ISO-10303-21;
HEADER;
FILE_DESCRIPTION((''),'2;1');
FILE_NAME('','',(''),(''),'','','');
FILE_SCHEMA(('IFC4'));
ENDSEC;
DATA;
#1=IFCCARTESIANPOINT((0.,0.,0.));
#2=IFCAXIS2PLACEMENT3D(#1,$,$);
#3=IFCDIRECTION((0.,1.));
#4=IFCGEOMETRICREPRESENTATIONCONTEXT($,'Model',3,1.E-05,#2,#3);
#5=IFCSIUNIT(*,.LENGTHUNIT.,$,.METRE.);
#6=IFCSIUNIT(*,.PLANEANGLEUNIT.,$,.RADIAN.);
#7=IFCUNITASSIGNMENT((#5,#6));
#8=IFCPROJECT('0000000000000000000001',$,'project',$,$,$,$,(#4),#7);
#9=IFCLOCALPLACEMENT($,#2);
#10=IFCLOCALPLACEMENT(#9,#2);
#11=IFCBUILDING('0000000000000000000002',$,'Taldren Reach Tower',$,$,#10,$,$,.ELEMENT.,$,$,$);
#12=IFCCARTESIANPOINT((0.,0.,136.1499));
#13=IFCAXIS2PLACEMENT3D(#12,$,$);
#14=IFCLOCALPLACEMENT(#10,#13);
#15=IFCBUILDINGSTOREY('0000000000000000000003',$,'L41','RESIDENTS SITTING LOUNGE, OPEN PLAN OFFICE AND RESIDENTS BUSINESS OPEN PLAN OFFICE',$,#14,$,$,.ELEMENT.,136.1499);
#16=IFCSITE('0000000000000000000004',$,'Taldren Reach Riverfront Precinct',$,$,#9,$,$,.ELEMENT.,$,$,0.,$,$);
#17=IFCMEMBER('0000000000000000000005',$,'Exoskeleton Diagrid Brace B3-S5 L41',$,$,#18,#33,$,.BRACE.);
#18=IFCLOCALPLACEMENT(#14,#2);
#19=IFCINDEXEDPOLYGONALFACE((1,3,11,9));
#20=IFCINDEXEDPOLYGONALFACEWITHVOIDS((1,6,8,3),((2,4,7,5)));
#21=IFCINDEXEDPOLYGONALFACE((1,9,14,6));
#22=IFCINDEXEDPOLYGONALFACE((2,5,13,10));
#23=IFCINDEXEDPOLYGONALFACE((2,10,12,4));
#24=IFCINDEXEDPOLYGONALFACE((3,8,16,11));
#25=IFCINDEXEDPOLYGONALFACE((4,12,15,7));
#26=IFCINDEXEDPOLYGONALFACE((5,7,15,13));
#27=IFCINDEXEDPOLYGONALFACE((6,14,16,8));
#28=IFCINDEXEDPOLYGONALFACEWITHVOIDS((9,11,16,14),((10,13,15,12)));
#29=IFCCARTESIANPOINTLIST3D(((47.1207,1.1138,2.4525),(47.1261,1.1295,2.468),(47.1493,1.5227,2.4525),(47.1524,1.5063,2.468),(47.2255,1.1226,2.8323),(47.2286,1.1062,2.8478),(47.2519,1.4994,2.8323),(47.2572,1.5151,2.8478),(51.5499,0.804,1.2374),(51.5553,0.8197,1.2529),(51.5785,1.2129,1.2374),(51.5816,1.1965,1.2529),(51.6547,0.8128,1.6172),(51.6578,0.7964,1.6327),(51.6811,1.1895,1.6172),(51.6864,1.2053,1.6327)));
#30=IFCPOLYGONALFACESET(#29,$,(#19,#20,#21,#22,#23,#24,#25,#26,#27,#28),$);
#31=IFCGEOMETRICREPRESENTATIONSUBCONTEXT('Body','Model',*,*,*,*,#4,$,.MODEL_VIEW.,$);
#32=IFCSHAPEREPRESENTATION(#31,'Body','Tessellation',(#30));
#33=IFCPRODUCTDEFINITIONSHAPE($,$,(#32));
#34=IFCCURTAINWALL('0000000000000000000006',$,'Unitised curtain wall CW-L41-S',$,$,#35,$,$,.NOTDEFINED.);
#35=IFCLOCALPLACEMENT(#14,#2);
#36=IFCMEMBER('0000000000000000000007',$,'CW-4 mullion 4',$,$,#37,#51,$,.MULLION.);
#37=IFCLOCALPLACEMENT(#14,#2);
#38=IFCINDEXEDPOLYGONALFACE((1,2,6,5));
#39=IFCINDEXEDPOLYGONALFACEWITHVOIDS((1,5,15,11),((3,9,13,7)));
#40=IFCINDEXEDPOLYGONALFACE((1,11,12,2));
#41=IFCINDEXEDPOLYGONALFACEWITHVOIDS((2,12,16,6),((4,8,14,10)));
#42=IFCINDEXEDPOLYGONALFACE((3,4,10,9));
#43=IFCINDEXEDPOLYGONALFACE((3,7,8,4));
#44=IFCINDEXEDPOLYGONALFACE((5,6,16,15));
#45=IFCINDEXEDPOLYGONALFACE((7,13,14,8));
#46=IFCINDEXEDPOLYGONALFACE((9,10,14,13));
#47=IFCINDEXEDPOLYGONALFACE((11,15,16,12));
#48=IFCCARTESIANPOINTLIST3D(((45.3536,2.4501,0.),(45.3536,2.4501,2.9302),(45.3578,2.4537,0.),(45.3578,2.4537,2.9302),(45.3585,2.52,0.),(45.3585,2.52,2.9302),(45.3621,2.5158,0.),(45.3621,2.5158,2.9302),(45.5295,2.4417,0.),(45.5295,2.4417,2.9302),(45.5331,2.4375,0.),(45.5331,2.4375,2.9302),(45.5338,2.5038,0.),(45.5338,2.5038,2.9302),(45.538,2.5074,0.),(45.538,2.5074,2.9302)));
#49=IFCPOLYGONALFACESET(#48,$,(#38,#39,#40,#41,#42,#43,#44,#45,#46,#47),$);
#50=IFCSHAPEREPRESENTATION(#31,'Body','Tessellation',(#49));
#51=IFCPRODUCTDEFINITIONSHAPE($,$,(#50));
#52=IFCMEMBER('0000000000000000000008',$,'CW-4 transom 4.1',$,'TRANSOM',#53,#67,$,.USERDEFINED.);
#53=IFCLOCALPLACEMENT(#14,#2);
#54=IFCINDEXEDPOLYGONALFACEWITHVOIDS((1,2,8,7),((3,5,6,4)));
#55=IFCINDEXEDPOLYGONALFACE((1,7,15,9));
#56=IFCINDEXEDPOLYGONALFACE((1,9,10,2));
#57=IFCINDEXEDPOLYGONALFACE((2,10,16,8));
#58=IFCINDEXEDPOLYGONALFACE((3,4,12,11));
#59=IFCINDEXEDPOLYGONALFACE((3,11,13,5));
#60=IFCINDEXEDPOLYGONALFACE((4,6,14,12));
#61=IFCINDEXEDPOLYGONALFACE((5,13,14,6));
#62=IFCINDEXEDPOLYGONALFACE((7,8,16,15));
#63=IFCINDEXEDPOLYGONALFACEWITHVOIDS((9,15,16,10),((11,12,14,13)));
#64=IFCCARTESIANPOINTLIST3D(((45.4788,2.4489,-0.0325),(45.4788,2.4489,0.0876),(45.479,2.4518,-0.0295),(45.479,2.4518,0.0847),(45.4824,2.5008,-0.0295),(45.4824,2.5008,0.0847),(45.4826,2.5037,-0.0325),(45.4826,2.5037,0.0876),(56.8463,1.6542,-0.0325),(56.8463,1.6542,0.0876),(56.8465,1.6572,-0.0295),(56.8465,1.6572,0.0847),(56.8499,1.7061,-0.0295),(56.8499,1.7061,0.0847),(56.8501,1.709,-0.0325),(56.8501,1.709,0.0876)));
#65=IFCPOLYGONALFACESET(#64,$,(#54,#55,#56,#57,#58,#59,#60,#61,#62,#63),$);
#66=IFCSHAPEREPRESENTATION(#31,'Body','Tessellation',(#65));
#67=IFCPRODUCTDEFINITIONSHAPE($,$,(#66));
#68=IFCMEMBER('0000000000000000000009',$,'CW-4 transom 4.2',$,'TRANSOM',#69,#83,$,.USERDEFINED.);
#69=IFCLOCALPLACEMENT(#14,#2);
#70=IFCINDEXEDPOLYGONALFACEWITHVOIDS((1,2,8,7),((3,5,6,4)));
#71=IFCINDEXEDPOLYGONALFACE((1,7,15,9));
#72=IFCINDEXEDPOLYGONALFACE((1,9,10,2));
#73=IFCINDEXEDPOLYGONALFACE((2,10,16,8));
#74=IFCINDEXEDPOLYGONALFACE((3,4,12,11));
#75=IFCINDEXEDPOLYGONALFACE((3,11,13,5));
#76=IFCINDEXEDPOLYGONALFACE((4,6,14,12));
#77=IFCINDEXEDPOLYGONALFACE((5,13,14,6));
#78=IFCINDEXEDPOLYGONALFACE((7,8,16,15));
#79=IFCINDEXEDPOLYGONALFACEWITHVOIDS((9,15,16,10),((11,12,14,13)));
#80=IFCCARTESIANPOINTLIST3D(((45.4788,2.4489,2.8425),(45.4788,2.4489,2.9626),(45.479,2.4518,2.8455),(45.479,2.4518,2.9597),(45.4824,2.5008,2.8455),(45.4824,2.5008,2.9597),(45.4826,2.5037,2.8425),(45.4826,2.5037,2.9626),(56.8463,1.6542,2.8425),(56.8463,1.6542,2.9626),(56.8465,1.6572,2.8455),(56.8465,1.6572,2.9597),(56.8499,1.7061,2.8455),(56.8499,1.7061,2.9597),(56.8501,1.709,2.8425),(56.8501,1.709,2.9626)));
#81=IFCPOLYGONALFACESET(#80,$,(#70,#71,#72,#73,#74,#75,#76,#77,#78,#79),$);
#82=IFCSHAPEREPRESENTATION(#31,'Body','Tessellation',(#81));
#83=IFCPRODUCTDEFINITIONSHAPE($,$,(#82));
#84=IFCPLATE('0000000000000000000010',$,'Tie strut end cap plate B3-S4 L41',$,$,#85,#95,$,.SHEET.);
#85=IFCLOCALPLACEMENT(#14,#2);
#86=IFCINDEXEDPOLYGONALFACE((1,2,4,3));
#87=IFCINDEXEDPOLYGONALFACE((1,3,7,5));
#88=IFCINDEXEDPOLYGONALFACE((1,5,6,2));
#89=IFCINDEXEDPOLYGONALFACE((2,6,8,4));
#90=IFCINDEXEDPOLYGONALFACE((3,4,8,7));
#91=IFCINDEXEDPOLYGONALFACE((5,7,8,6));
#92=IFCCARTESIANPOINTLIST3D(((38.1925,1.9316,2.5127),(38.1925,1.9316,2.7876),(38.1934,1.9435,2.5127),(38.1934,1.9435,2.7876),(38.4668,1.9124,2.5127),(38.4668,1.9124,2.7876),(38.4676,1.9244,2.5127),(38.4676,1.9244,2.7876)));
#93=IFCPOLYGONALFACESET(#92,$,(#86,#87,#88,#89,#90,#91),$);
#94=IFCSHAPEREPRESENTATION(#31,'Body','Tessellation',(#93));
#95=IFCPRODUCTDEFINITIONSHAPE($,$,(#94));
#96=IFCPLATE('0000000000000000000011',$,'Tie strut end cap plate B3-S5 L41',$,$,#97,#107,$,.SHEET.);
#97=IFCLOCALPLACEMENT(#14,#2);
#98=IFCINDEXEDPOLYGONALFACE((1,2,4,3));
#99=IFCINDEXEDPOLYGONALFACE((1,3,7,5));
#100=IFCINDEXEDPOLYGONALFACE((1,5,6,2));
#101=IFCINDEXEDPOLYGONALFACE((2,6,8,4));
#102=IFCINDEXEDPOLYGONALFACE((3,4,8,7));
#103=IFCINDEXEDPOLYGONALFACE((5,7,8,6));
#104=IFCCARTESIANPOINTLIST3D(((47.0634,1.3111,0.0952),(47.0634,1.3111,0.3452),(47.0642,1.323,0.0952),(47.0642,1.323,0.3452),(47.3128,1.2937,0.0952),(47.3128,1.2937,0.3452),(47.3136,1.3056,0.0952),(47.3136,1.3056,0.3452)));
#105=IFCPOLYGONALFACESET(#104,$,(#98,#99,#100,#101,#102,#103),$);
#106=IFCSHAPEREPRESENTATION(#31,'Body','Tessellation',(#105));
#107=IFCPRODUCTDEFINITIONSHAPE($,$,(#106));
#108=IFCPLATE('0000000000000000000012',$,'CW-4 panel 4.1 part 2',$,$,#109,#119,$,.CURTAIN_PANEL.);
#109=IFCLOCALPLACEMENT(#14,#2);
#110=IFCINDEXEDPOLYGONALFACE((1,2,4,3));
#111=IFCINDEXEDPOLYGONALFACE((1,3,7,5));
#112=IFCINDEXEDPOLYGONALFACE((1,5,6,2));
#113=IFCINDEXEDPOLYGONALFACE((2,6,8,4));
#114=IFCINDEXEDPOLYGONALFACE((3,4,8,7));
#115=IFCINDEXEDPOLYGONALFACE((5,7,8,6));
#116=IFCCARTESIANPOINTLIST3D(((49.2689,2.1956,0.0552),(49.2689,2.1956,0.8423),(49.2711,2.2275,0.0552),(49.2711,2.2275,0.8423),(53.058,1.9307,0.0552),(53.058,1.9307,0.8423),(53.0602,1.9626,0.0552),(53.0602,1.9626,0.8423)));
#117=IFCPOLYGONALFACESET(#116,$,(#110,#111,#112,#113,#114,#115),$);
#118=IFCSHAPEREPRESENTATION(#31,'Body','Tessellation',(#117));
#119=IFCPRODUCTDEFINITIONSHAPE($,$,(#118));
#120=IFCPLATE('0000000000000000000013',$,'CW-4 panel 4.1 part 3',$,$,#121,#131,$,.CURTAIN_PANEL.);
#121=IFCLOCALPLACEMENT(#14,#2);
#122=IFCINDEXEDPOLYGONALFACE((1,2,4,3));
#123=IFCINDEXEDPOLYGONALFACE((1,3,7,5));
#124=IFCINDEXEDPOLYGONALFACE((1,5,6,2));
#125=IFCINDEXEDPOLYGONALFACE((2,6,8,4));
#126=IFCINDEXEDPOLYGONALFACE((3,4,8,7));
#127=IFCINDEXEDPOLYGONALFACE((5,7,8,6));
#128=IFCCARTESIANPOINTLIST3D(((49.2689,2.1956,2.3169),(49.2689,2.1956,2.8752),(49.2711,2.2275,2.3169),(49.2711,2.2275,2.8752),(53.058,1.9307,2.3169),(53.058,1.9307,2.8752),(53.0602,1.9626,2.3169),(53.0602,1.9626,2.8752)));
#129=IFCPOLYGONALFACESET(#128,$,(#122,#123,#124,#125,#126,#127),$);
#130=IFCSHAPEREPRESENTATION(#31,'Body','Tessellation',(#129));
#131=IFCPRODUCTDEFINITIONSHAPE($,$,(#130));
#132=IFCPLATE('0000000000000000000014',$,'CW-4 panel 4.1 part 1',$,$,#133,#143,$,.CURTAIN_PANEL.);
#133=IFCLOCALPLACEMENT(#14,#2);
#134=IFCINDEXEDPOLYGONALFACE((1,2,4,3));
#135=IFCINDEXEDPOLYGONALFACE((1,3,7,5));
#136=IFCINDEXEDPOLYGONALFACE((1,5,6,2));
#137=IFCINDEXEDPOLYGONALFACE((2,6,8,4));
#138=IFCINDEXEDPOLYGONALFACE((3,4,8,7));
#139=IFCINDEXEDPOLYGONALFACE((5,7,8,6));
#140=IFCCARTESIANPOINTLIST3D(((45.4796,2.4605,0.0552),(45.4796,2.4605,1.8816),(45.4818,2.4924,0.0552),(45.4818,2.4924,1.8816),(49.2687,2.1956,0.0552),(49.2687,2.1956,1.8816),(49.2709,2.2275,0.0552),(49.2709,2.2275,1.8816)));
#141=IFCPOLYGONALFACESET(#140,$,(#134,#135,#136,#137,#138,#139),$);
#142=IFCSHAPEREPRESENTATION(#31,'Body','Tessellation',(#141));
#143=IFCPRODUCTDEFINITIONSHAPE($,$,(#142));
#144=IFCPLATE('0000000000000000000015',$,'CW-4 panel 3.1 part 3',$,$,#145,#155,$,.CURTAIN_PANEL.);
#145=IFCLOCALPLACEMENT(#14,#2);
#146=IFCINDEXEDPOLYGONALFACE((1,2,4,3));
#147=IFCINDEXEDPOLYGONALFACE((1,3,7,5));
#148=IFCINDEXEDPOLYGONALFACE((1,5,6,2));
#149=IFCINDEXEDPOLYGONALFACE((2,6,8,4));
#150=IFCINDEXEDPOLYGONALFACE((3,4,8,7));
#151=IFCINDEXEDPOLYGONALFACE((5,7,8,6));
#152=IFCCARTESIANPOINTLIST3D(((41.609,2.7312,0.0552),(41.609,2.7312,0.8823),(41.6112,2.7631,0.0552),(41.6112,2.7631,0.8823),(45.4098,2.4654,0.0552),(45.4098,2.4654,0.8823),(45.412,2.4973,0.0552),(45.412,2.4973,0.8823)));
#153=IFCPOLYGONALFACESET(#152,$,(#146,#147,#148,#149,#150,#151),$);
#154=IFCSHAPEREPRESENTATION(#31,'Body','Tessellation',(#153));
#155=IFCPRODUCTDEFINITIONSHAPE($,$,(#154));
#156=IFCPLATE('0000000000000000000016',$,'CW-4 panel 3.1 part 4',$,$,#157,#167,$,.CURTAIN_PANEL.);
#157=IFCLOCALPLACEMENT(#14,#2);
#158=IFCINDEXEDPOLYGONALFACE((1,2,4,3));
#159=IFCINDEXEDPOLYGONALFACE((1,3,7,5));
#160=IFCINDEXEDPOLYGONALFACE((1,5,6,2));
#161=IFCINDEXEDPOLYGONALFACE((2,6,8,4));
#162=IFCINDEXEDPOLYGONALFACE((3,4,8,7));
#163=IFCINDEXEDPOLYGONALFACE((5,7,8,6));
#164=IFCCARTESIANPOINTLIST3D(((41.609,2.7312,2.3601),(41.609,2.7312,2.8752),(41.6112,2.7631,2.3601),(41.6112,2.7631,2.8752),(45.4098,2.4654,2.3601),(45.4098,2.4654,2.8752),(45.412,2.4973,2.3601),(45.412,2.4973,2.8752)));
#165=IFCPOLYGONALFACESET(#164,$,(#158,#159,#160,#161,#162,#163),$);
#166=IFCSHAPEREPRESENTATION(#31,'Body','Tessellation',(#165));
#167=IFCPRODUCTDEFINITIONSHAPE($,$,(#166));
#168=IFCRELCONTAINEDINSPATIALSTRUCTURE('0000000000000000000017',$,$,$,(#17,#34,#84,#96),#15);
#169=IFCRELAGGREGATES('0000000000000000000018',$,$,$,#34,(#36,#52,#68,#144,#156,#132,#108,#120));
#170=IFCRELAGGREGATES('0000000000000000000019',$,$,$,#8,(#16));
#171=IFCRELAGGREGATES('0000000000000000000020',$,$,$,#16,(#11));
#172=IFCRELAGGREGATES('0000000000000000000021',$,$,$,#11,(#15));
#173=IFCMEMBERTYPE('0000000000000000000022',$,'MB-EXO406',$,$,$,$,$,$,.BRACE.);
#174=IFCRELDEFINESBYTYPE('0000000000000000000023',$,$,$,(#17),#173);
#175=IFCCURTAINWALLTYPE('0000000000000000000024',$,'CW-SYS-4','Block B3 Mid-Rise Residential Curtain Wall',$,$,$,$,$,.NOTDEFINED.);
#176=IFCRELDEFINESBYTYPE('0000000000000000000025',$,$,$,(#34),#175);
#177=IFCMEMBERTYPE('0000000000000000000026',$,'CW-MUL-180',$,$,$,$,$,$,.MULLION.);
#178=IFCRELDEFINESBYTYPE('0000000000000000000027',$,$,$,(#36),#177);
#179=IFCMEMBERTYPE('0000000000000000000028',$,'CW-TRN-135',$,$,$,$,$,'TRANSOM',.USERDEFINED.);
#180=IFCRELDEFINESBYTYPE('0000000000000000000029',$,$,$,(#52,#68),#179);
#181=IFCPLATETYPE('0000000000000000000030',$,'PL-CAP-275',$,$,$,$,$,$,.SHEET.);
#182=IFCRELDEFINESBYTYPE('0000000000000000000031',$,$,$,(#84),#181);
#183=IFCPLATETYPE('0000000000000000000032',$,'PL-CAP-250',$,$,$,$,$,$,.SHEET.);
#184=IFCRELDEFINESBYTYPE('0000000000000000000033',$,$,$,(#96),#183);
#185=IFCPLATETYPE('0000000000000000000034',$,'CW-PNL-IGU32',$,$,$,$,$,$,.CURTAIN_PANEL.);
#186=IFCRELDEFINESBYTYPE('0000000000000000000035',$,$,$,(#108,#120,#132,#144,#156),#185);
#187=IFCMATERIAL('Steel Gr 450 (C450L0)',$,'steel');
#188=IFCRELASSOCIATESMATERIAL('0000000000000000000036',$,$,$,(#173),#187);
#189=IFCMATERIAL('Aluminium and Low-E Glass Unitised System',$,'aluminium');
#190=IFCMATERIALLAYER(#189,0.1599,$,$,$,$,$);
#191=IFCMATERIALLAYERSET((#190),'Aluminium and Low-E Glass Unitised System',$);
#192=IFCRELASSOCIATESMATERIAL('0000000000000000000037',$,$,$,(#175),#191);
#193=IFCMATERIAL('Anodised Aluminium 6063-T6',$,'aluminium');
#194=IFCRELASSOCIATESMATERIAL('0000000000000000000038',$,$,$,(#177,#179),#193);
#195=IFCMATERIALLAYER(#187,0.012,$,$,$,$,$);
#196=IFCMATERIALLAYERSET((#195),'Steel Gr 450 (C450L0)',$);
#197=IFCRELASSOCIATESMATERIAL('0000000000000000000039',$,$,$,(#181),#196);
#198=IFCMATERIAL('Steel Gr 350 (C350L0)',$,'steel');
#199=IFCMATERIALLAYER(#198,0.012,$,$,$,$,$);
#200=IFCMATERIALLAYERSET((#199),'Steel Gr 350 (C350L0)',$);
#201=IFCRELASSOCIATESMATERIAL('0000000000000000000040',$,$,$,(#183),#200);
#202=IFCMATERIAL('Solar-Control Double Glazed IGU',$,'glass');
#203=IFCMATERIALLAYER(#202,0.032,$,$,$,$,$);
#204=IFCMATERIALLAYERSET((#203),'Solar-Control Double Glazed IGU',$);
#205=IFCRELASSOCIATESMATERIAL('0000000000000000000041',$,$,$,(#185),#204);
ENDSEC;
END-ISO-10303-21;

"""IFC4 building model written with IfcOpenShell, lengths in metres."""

from ifc_helpers import new_model, si_unit, direction, frame, origin, origin_2d, place, context, subcontext, project, spatial, rectangle, hollow_rectangle, extrude, source, transform, mapped, material, layer, layer_set, material_profile, profile_set, type_object, element, aggregate, save


model = new_model("IFC4")

# Units and contexts
model_context = context("Model", 3, precision=1e-05, world=origin(), true_north=direction((0.0, 1.0)))
body_context = subcontext(model_context, "Body", "Model", "MODEL_VIEW")
ifc_project = project(units=[si_unit("LENGTHUNIT", "METRE"), si_unit("PLANEANGLEUNIT", "RADIAN")], contexts=[model_context])

# Site, building, storey
site_placement = place(None, origin())
site = spatial("IfcSite", under=ifc_project, at=site_placement, Name="Taldren Reach Riverfront Precinct", CompositionType="ELEMENT", RefElevation=0.0)
building_placement = place(site_placement, origin())
building = spatial("IfcBuilding", under=site, at=building_placement, Name="Taldren Reach Tower", CompositionType="ELEMENT")
storey_placement = place(building_placement, frame((0.0, 0.0, 136.1499)))
storey = spatial("IfcBuildingStorey", under=building, at=storey_placement, Name="L41", Description="RESIDENTS SITTING LOUNGE, OPEN PLAN OFFICE AND RESIDENTS BUSINESS OPEN PLAN OFFICE", CompositionType="ELEMENT", Elevation=136.1499)

# Shared definitions
ifc_material_1 = material(Name="Steel Gr 450 (C450L0)", Category="steel")
ifc_material_2 = material(Name="Steel Gr 350 (C350L0)", Category="steel")

# Member
ifc_material_profile_1 = material_profile(ifc_material_1, hollow_rectangle(XDim=0.4099, YDim=0.4099, WallThickness=0.0161, at=origin_2d()), Name="410x410x16.0SHS")
ifc_profile_set_1 = profile_set([ifc_material_profile_1], Name="Steel Gr 450 (C450L0)")
member_type_1 = type_object("IfcMemberType", Name="MB-EXO406", PredefinedType="BRACE", material=ifc_profile_set_1)
shared_shape_1 = source(origin(), body_context, "Body", "SweptSolid", [
    extrude(hollow_rectangle(XDim=0.4099, YDim=0.4099, WallThickness=0.0161, at=origin_2d()), origin(), (0.0, 0.0, 1.0), 4.6033),
])
for number, where, z_axis, x_axis, name in (
    (1, (51.6182, 1.0046, 1.4351), (-0.962182, 0.067303, 0.263961), (-0.069778, -0.997563, 0.0), "Exoskeleton Diagrid Brace B3-S5 L41"),
):
    element("IfcMember", number, at=place(storey_placement, frame(where, z_axis=z_axis, x_axis=x_axis)), inside=storey, type_object=member_type_1, Name=name, PredefinedType="BRACE", context=body_context, shape_type="MappedRepresentation", body=[
        mapped(shared_shape_1, transform((0.0, 0.0, 0.0), scale=1.0)),
    ])

# Curtain wall, members
ifc_material_3 = material(Name="Aluminium and Low-E Glass Unitised System", Category="aluminium")
ifc_layer_1 = layer(ifc_material_3, 0.1599)
ifc_layer_set_1 = layer_set([ifc_layer_1], Name="Aluminium and Low-E Glass Unitised System")
curtain_wall_type = type_object("IfcCurtainWallType", Name="CW-SYS-4", Description="Block B3 Mid-Rise Residential Curtain Wall", PredefinedType="NOTDEFINED", material=ifc_layer_set_1)
curtain_wall_placement = place(storey_placement, origin())
curtain_wall = element("IfcCurtainWall", 2, at=curtain_wall_placement, inside=storey, type_object=curtain_wall_type, Name="Unitised curtain wall CW-L41-S", PredefinedType="NOTDEFINED")
ifc_material_4 = material(Name="Anodised Aluminium 6063-T6", Category="aluminium")
ifc_material_profile_2 = material_profile(ifc_material_4, hollow_rectangle(XDim=0.0701, YDim=0.1799, WallThickness=0.0039, at=origin_2d()), Name="ALU-180x70x4RHS")
ifc_profile_set_2 = profile_set([ifc_material_profile_2], Name="Anodised Aluminium 6063-T6")
member_type_2 = type_object("IfcMemberType", Name="CW-MUL-180", PredefinedType="MULLION", material=ifc_profile_set_2)
shared_shape_2 = source(origin(), body_context, "Body", "SweptSolid", [
    extrude(hollow_rectangle(XDim=0.0701, YDim=0.1799, WallThickness=0.0039, at=origin_2d()), origin(), (0.0, 0.0, 1.0), 2.9302),
])
member_1_placement = place(storey_placement, frame((45.4458, 2.4788, 0.0), z_axis=(0.0, 0.0, 1.0), x_axis=(0.069757, 0.997564, 0.0)))
member_1 = element("IfcMember", 3, at=member_1_placement, type_object=member_type_2, Name="CW-4 mullion 4", PredefinedType="MULLION", context=body_context, shape_type="MappedRepresentation", body=[
    mapped(shared_shape_2, transform((0.0, 0.0, 0.0), scale=1.0)),
])
ifc_material_profile_3 = material_profile(ifc_material_4, hollow_rectangle(XDim=0.0549, YDim=0.1201, WallThickness=0.0029, at=origin_2d()), Name="ALU-120x55x3RHS")
ifc_profile_set_3 = profile_set([ifc_material_profile_3], Name="Anodised Aluminium 6063-T6")
member_type_3 = type_object("IfcMemberType", Name="CW-TRN-135", ElementType="TRANSOM", PredefinedType="USERDEFINED", material=ifc_profile_set_3)
shared_shape_3 = source(origin(), body_context, "Body", "SweptSolid", [
    extrude(hollow_rectangle(XDim=0.0549, YDim=0.1201, WallThickness=0.0029, at=origin_2d()), origin(), (0.0, 0.0, 1.0), 11.3953),
])
member_2_placement = place(storey_placement, frame((45.4807, 2.4763, 0.0276), z_axis=(0.997565, -0.069738, 0.0), x_axis=(0.069738, 0.997565, 0.0)))
member_2 = element("IfcMember", 4, at=member_2_placement, type_object=member_type_3, Name="CW-4 transom 4.1", ObjectType="TRANSOM", PredefinedType="USERDEFINED", context=body_context, shape_type="MappedRepresentation", body=[
    mapped(shared_shape_3, transform((0.0, 0.0, 0.0), scale=1.0)),
])
member_3_placement = place(storey_placement, frame((45.4807, 2.4763, 2.9026), z_axis=(0.997565, -0.069738, 0.0), x_axis=(0.069738, 0.997565, 0.0)))
member_3 = element("IfcMember", 5, at=member_3_placement, type_object=member_type_3, Name="CW-4 transom 4.2", ObjectType="TRANSOM", PredefinedType="USERDEFINED", context=body_context, shape_type="MappedRepresentation", body=[
    mapped(shared_shape_3, transform((0.0, 0.0, 0.0), scale=1.0)),
])

# Plates
ifc_layer_2 = layer(ifc_material_1, 0.012)
ifc_layer_set_2 = layer_set([ifc_layer_2], Name="Steel Gr 450 (C450L0)")
plate_type_1 = type_object("IfcPlateType", Name="PL-CAP-275", PredefinedType="SHEET", material=ifc_layer_set_2)
shared_shape_4 = source(origin(), body_context, "Body", "SweptSolid", [
    extrude(rectangle(XDim=0.2749, YDim=0.012, at=origin_2d()), origin(), (0.0, 0.0, 1.0), 0.2749),
])
plate_1_placement = place(storey_placement, frame((38.3301, 1.928, 2.5127), z_axis=(0.0, 0.0, 1.0), x_axis=(0.997564, -0.069756, 0.0)))
element("IfcPlate", 6, at=plate_1_placement, inside=storey, type_object=plate_type_1, Name="Tie strut end cap plate B3-S4 L41", PredefinedType="SHEET", context=body_context, shape_type="MappedRepresentation", body=[
    mapped(shared_shape_4, transform((0.0, 0.0, 0.0), scale=1.0)),
])
ifc_layer_3 = layer(ifc_material_2, 0.012)
ifc_layer_set_3 = layer_set([ifc_layer_3], Name="Steel Gr 350 (C350L0)")
plate_type_2 = type_object("IfcPlateType", Name="PL-CAP-250", PredefinedType="SHEET", material=ifc_layer_set_3)
shared_shape_5 = source(origin(), body_context, "Body", "SweptSolid", [
    extrude(rectangle(XDim=0.25, YDim=0.012, at=origin_2d()), origin(), (0.0, 0.0, 1.0), 0.25),
])
plate_2_placement = place(storey_placement, frame((47.1885, 1.3083, 0.0952), z_axis=(0.0, 0.0, 1.0), x_axis=(0.997564, -0.069756, 0.0)))
element("IfcPlate", 7, at=plate_2_placement, inside=storey, type_object=plate_type_2, Name="Tie strut end cap plate B3-S5 L41", PredefinedType="SHEET", context=body_context, shape_type="MappedRepresentation", body=[
    mapped(shared_shape_5, transform((0.0, 0.0, 0.0), scale=1.0)),
])

# Plates
ifc_material_5 = material(Name="Solar-Control Double Glazed IGU", Category="glass")
ifc_layer_4 = layer(ifc_material_5, 0.032)
ifc_layer_set_4 = layer_set([ifc_layer_4], Name="Solar-Control Double Glazed IGU")
plate_type_3 = type_object("IfcPlateType", Name="CW-PNL-IGU32", PredefinedType="CURTAIN_PANEL", material=ifc_layer_set_4)
shared_shape_6 = source(origin(), body_context, "Body", "SweptSolid", [
    extrude(rectangle(XDim=3.7983, YDim=0.032, at=origin_2d()), origin(), (0.0, 0.0, 1.0), 0.7871),
])
plate_3_placement = place(storey_placement, frame((51.1646, 2.0791, 0.0552), z_axis=(0.0, 0.0, 1.0), x_axis=(0.997564, -0.069757, 0.0)))
plate_3 = element("IfcPlate", 8, at=plate_3_placement, type_object=plate_type_3, Name="CW-4 panel 4.1 part 2", PredefinedType="CURTAIN_PANEL", context=body_context, shape_type="MappedRepresentation", body=[
    mapped(shared_shape_6, transform((0.0, 0.0, 0.0), scale=1.0)),
])
shared_shape_7 = source(origin(), body_context, "Body", "SweptSolid", [
    extrude(rectangle(XDim=3.7983, YDim=0.032, at=origin_2d()), origin(), (0.0, 0.0, 1.0), 0.5583),
])
plate_4_placement = place(storey_placement, frame((51.1646, 2.0791, 2.3169), z_axis=(0.0, 0.0, 1.0), x_axis=(0.997564, -0.069757, 0.0)))
plate_4 = element("IfcPlate", 9, at=plate_4_placement, type_object=plate_type_3, Name="CW-4 panel 4.1 part 3", PredefinedType="CURTAIN_PANEL", context=body_context, shape_type="MappedRepresentation", body=[
    mapped(shared_shape_7, transform((0.0, 0.0, 0.0), scale=1.0)),
])
shared_shape_8 = source(origin(), body_context, "Body", "SweptSolid", [
    extrude(rectangle(XDim=3.7983, YDim=0.032, at=origin_2d()), origin(), (0.0, 0.0, 1.0), 1.8264),
])
plate_5_placement = place(storey_placement, frame((47.3752, 2.344, 0.0552), z_axis=(0.0, 0.0, 1.0), x_axis=(0.997564, -0.069757, 0.0)))
plate_5 = element("IfcPlate", 10, at=plate_5_placement, type_object=plate_type_3, Name="CW-4 panel 4.1 part 1", PredefinedType="CURTAIN_PANEL", context=body_context, shape_type="MappedRepresentation", body=[
    mapped(shared_shape_8, transform((0.0, 0.0, 0.0), scale=1.0)),
])
shared_shape_9 = source(origin(), body_context, "Body", "SweptSolid", [
    extrude(rectangle(XDim=3.8101, YDim=0.032, at=origin_2d()), origin(), (0.0, 0.0, 1.0), 0.8271),
])
plate_6_placement = place(storey_placement, frame((43.5105, 2.6143, 0.0552), z_axis=(0.0, 0.0, 1.0), x_axis=(0.997564, -0.069757, 0.0)))
plate_6 = element("IfcPlate", 11, at=plate_6_placement, type_object=plate_type_3, Name="CW-4 panel 3.1 part 3", PredefinedType="CURTAIN_PANEL", context=body_context, shape_type="MappedRepresentation", body=[
    mapped(shared_shape_9, transform((0.0, 0.0, 0.0), scale=1.0)),
])
shared_shape_10 = source(origin(), body_context, "Body", "SweptSolid", [
    extrude(rectangle(XDim=3.8101, YDim=0.032, at=origin_2d()), origin(), (0.0, 0.0, 1.0), 0.5151),
])
plate_7_placement = place(storey_placement, frame((43.5105, 2.6143, 2.3601), z_axis=(0.0, 0.0, 1.0), x_axis=(0.997564, -0.069757, 0.0)))
plate_7 = element("IfcPlate", 12, at=plate_7_placement, type_object=plate_type_3, Name="CW-4 panel 3.1 part 4", PredefinedType="CURTAIN_PANEL", context=body_context, shape_type="MappedRepresentation", body=[
    mapped(shared_shape_10, transform((0.0, 0.0, 0.0), scale=1.0)),
])
aggregate(curtain_wall, [member_1, member_2, member_3, plate_6, plate_7, plate_5, plate_3, plate_4])

save(model, "model.ifc")
